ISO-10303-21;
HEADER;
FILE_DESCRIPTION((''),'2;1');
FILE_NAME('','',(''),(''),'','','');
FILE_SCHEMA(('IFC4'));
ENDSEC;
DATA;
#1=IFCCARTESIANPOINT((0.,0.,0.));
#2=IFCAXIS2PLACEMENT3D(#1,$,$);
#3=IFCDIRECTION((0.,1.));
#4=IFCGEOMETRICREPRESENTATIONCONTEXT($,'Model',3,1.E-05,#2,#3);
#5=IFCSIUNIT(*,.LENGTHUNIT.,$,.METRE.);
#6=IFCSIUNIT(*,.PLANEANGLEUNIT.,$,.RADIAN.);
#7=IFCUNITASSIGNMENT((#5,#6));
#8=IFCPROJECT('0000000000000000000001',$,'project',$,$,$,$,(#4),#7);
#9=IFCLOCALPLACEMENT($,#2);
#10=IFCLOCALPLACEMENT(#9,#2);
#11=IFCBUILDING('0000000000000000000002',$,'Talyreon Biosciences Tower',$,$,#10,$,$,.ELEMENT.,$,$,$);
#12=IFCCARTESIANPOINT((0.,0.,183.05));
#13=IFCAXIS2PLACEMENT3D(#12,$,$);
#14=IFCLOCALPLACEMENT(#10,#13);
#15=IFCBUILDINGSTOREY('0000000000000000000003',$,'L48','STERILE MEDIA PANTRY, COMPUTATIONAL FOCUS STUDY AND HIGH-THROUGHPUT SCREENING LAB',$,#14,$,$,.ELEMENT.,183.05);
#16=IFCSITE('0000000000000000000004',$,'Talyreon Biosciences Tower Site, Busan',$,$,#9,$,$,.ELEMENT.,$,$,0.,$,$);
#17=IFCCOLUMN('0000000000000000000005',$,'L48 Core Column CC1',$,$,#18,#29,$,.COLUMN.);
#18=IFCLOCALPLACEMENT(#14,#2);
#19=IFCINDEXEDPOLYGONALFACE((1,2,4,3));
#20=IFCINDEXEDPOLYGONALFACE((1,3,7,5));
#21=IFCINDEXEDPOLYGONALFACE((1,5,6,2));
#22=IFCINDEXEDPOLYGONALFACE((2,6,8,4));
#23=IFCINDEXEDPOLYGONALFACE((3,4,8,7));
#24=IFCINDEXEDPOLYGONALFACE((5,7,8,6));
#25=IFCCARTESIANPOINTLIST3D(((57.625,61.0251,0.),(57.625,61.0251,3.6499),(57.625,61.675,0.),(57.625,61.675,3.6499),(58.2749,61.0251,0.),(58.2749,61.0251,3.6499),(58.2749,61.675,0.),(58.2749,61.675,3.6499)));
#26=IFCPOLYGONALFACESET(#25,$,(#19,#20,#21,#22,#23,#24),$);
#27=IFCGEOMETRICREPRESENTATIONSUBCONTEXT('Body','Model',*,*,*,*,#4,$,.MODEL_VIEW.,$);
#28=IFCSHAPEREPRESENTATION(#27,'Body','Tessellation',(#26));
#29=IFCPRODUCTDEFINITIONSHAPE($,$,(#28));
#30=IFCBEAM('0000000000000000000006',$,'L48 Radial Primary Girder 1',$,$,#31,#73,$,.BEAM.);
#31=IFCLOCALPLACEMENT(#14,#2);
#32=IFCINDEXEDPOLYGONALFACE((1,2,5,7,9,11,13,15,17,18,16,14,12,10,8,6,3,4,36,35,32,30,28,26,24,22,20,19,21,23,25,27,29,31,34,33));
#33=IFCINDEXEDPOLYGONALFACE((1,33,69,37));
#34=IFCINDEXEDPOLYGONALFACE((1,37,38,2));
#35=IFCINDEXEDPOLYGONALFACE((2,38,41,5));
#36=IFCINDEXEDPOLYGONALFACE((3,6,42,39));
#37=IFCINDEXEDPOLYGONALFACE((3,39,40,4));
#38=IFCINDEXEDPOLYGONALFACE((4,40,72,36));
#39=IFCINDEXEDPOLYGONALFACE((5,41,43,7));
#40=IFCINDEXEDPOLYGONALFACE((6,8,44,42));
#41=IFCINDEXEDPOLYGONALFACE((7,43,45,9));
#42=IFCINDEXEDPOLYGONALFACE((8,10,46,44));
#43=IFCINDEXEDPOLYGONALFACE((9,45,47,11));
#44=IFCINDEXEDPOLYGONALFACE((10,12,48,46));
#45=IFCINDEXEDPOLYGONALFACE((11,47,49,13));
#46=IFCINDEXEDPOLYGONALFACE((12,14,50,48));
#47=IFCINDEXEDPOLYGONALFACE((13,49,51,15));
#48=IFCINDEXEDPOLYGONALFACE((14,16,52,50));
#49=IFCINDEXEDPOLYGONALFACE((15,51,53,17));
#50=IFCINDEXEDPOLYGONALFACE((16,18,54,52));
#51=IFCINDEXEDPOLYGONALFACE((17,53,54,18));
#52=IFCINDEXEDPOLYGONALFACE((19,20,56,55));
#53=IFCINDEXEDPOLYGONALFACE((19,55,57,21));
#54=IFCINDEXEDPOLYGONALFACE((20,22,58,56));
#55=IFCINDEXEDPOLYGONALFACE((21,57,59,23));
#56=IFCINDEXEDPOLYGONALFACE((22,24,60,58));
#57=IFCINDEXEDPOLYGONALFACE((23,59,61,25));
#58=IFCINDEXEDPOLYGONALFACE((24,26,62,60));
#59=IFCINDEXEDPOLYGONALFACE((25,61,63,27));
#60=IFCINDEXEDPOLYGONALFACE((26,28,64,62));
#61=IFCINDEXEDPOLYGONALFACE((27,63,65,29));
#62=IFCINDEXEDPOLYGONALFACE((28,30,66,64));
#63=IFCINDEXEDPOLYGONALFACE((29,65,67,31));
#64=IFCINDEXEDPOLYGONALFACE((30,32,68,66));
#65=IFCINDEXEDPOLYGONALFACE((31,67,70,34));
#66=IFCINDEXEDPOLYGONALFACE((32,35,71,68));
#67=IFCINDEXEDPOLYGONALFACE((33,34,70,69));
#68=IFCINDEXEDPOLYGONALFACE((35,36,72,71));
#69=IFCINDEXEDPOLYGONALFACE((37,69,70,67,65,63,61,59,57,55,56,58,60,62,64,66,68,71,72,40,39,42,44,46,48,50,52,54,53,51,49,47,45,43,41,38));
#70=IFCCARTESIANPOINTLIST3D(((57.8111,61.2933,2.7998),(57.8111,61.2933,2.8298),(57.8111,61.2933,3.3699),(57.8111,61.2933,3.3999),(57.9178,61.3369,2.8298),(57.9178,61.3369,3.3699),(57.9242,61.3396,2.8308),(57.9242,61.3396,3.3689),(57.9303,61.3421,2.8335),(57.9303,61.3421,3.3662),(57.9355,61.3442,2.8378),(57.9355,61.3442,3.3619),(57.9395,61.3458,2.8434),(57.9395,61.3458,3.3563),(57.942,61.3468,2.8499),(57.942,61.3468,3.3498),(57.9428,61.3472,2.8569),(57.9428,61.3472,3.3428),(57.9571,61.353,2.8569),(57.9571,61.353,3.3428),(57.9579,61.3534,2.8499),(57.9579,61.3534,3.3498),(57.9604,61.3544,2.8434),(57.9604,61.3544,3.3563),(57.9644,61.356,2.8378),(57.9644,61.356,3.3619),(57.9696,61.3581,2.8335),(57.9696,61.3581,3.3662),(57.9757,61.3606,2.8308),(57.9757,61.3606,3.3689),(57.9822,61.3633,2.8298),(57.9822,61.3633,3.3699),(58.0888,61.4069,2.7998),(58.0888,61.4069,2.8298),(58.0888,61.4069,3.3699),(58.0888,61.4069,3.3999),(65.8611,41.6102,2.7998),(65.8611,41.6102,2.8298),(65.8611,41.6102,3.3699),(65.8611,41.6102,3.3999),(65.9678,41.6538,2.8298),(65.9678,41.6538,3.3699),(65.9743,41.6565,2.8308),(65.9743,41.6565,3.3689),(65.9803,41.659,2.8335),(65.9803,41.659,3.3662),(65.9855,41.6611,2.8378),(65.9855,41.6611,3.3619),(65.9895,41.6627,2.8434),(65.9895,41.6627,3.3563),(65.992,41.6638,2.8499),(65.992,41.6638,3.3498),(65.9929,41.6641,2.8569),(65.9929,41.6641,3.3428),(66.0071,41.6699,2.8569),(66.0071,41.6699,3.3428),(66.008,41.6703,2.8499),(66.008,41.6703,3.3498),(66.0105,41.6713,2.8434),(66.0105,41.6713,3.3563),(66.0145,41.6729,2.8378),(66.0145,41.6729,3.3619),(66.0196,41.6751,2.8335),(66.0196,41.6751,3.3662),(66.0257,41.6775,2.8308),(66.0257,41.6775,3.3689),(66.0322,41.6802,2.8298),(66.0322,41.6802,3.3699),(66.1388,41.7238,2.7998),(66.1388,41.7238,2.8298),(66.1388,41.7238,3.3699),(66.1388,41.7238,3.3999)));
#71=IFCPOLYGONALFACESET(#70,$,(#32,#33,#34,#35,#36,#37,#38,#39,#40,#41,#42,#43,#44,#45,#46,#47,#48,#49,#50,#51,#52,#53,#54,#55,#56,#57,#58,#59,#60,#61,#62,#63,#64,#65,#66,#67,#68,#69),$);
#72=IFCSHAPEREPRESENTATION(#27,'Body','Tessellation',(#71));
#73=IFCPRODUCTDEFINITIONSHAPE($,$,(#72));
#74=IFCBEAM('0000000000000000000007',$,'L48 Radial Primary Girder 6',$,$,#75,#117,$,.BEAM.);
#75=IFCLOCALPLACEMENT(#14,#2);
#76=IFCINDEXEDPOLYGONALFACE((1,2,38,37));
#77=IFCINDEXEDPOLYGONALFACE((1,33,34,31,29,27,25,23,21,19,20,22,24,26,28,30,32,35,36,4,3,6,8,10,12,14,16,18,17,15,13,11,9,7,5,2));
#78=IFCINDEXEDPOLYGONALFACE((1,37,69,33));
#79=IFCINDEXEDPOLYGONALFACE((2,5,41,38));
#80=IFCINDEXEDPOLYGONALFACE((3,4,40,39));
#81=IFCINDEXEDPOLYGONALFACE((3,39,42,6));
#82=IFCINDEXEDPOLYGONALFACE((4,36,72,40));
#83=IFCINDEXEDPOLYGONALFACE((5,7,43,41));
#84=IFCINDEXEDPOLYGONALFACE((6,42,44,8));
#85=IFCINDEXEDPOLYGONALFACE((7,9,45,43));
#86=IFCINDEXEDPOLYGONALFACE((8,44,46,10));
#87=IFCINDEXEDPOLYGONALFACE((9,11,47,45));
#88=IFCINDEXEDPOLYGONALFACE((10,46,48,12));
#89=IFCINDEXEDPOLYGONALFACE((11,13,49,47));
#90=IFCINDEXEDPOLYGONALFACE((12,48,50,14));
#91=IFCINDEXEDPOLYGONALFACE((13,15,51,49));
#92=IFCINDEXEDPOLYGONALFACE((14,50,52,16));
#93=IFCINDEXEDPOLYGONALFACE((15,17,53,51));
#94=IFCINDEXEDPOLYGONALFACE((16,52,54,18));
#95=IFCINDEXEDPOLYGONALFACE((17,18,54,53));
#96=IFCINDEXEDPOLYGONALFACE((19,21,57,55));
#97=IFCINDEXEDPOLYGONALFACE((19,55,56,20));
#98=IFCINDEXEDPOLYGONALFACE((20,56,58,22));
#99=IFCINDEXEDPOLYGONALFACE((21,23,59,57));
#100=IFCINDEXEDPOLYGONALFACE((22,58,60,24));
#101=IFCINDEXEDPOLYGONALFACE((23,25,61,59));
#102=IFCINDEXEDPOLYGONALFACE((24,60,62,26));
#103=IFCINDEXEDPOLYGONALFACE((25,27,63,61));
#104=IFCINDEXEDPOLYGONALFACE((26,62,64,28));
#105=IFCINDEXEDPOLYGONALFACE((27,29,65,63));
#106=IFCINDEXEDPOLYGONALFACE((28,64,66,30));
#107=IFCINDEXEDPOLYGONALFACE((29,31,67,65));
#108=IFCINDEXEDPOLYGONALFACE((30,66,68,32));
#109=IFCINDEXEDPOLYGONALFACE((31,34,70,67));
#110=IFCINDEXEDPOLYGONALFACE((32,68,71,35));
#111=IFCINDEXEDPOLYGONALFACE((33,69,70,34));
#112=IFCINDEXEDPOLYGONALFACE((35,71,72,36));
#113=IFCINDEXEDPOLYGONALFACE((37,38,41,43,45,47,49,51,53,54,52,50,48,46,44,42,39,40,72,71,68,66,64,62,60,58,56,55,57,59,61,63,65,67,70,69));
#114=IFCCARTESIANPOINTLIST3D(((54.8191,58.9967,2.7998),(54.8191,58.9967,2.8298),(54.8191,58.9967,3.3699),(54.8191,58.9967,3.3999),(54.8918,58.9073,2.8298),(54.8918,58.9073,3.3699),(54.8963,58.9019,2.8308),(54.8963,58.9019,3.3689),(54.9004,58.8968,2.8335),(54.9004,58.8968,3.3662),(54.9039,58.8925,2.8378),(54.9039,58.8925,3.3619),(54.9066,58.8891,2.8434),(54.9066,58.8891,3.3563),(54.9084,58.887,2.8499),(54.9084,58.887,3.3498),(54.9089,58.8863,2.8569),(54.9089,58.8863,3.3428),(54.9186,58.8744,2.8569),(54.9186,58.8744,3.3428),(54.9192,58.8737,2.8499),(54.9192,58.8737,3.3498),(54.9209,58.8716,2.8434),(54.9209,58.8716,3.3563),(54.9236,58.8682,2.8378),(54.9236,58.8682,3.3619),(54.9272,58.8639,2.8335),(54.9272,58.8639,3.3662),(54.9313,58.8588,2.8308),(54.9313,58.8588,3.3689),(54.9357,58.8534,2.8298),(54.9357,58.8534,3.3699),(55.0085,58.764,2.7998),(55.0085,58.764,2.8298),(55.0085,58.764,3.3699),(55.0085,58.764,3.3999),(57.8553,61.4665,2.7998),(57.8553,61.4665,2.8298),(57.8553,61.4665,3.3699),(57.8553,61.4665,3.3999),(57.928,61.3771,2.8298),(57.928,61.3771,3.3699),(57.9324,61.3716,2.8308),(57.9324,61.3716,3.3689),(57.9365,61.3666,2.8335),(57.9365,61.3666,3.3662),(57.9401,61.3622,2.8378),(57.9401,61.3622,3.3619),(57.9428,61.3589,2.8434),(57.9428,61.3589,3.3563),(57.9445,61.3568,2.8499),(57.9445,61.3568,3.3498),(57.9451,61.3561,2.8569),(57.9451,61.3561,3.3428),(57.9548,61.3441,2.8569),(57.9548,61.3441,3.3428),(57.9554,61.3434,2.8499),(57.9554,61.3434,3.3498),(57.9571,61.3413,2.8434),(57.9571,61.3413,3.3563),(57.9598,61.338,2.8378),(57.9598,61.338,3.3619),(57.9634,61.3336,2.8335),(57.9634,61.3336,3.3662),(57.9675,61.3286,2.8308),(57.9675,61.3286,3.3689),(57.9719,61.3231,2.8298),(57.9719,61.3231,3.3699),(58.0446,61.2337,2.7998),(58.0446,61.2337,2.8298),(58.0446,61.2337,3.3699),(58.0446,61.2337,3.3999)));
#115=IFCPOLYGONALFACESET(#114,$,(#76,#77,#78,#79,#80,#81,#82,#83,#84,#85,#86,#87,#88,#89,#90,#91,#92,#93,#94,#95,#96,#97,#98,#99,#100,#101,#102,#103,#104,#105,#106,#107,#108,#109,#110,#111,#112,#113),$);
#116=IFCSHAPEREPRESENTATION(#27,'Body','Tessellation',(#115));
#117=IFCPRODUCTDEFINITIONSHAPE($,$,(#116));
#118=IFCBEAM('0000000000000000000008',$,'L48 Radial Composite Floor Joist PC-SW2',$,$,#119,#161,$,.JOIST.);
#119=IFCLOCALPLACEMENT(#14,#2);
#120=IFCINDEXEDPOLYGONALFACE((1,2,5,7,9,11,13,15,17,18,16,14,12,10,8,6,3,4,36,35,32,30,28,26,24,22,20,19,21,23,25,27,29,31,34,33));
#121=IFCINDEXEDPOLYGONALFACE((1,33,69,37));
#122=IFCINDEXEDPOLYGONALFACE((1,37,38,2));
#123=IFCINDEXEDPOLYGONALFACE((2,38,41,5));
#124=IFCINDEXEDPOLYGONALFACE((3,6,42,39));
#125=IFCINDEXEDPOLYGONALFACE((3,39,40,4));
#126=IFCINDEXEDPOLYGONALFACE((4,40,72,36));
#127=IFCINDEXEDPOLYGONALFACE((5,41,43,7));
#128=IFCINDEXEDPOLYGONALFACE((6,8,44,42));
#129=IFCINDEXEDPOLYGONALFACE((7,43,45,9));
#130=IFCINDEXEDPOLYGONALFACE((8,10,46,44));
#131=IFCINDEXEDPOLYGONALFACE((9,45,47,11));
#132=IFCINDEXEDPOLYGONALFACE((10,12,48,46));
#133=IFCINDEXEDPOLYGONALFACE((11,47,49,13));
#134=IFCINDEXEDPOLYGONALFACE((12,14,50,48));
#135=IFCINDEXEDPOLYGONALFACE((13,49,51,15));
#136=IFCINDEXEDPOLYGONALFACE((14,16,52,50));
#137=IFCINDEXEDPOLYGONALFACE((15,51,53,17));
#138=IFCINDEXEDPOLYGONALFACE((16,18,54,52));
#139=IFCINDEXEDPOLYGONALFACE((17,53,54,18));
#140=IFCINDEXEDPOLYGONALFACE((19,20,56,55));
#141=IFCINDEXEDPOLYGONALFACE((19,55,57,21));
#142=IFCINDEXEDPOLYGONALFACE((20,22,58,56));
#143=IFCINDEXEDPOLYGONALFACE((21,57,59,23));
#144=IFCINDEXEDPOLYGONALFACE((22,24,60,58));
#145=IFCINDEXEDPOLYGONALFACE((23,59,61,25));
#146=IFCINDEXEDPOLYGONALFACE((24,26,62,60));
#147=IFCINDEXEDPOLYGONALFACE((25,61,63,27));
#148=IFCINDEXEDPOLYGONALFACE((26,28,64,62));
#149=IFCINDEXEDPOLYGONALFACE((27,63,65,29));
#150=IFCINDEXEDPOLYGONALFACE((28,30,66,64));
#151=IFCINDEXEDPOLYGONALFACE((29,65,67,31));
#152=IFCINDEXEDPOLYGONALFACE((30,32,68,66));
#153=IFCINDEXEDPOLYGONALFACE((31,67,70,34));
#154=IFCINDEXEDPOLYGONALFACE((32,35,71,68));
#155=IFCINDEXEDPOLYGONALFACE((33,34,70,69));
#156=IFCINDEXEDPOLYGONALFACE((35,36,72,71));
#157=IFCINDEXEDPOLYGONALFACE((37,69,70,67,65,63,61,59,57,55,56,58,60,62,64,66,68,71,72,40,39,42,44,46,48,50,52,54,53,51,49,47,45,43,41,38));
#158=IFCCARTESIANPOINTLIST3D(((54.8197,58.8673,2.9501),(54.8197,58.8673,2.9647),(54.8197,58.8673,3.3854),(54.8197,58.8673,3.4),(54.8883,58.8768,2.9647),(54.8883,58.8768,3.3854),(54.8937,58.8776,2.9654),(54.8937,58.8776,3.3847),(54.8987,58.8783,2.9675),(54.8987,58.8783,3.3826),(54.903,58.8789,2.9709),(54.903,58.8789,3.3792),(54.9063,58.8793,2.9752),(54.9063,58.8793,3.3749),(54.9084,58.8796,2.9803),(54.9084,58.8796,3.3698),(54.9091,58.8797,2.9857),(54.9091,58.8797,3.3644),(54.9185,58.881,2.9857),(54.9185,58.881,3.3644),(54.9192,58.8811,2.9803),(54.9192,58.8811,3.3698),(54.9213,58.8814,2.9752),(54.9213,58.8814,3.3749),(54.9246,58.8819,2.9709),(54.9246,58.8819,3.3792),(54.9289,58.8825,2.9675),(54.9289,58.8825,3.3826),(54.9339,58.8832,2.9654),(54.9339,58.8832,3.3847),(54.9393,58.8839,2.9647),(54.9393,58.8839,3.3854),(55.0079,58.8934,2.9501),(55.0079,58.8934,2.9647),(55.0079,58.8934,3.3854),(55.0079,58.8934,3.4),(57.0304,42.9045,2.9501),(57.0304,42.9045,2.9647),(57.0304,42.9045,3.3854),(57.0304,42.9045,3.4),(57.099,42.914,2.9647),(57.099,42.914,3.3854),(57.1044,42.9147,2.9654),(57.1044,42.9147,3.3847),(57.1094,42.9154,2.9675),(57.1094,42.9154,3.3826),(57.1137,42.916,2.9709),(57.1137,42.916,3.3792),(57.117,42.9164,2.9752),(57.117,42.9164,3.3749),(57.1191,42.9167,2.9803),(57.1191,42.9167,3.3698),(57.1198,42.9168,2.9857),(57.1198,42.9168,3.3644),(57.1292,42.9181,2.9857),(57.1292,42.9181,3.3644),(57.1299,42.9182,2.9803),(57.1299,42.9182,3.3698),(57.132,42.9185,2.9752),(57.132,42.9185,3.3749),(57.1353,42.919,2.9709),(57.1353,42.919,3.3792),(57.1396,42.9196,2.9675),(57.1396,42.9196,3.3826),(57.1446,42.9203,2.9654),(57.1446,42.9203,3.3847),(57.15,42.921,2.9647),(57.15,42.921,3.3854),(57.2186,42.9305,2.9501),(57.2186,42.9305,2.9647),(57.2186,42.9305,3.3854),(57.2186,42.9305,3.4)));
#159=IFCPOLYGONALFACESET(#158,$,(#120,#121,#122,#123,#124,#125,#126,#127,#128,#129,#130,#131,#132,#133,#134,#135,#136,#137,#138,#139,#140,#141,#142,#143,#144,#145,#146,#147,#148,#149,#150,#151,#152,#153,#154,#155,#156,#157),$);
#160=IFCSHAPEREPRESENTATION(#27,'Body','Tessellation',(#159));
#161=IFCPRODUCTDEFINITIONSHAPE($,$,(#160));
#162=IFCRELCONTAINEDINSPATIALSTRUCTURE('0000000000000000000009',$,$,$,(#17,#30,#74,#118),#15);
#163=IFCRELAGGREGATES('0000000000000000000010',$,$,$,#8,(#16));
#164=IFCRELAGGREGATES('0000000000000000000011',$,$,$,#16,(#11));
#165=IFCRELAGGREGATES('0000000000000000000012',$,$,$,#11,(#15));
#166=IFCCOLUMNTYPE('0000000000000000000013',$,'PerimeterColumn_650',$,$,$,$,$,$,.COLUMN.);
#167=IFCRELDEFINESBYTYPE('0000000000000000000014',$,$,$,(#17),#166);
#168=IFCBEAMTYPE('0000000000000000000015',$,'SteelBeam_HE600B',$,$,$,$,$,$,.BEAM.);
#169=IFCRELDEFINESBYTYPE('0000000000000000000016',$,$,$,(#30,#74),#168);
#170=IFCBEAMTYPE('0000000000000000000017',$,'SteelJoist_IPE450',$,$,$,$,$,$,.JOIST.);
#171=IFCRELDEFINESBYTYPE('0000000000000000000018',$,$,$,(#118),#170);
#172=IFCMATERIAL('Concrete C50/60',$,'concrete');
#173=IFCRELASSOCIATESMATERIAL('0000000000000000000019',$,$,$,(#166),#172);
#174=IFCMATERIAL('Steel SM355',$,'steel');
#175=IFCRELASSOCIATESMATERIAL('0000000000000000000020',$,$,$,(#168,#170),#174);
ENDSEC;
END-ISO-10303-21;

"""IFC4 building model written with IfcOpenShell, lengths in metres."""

from ifc_helpers import new_model, si_unit, direction, frame, origin, origin_2d, place, context, subcontext, project, spatial, rectangle, i_section, extrude, material, material_profile, profile_set, type_object, element, save


model = new_model("IFC4")

# Units and contexts
model_context = context("Model", 3, precision=1e-05, world=origin(), true_north=direction((0.0, 1.0)))
body_context = subcontext(model_context, "Body", "Model", "MODEL_VIEW")
ifc_project = project(units=[si_unit("LENGTHUNIT", "METRE"), si_unit("PLANEANGLEUNIT", "RADIAN")], contexts=[model_context])

# Site, building, storey
site_placement = place(None, origin())
site = spatial("IfcSite", under=ifc_project, at=site_placement, Name="Talyreon Biosciences Tower Site, Busan", CompositionType="ELEMENT", RefElevation=0.0)
building_placement = place(site_placement, origin())
building = spatial("IfcBuilding", under=site, at=building_placement, Name="Talyreon Biosciences Tower", CompositionType="ELEMENT")
storey_placement = place(building_placement, frame((0.0, 0.0, 183.05)))
storey = spatial("IfcBuildingStorey", under=building, at=storey_placement, Name="L48", Description="STERILE MEDIA PANTRY, COMPUTATIONAL FOCUS STUDY AND HIGH-THROUGHPUT SCREENING LAB", CompositionType="ELEMENT", Elevation=183.05)

# Column
ifc_material_1 = material(Name="Concrete C50/60", Category="concrete")
ifc_material_profile_1 = material_profile(ifc_material_1, rectangle(XDim=0.6499, YDim=0.6499, at=origin_2d()), Name="RC 650x650")
ifc_profile_set_1 = profile_set([ifc_material_profile_1], Name="Concrete C50/60")
column_type = type_object("IfcColumnType", Name="PerimeterColumn_650", PredefinedType="COLUMN", material=ifc_profile_set_1)
column_placement = place(storey_placement, frame((57.95, 61.3501, 0.0), z_axis=(0.0, 0.0, 1.0), x_axis=(1.0, 0.0, 0.0)))
element("IfcColumn", 1, at=column_placement, inside=storey, type_object=column_type, Name="L48 Core Column CC1", PredefinedType="COLUMN", context=body_context, shape_type="SweptSolid", body=[
    extrude(rectangle(XDim=0.6499, YDim=0.6499, at=origin_2d()), origin(), (0.0, 0.0, 1.0), 3.6499),
])

# Beams
ifc_material_2 = material(Name="Steel SM355", Category="steel")
ifc_material_profile_2 = material_profile(ifc_material_2, i_section(OverallWidth=0.3, OverallDepth=0.6001, WebThickness=0.0154, FlangeThickness=0.03, FilletRadius=0.0271, at=origin_2d()), Name="HE600B")
ifc_profile_set_2 = profile_set([ifc_material_profile_2], Name="Steel SM355")
beam_type_1 = type_object("IfcBeamType", Name="SteelBeam_HE600B", PredefinedType="BEAM", material=ifc_profile_set_2)
beam_1_placement = place(storey_placement, frame((57.95, 61.3501, 3.0999), z_axis=(0.378547, -0.925582, 0.0), x_axis=(0.925582, 0.378547, 0.0)))
element("IfcBeam", 2, at=beam_1_placement, inside=storey, type_object=beam_type_1, Name="L48 Radial Primary Girder 1", PredefinedType="BEAM", context=body_context, shape_type="SweptSolid", body=[
    extrude(i_section(OverallWidth=0.3, OverallDepth=0.6001, WebThickness=0.0154, FlangeThickness=0.03, FilletRadius=0.0271, at=origin_2d()), origin(), (0.0, 0.0, 1.0), 21.2656),
])
beam_2_placement = place(storey_placement, frame((57.95, 61.3501, 3.0999), z_axis=(-0.775755, -0.631034, 0.0), x_axis=(0.631034, -0.775755, 0.0)))
element("IfcBeam", 3, at=beam_2_placement, inside=storey, type_object=beam_type_1, Name="L48 Radial Primary Girder 6", PredefinedType="BEAM", context=body_context, shape_type="SweptSolid", body=[
    extrude(i_section(OverallWidth=0.3, OverallDepth=0.6001, WebThickness=0.0154, FlangeThickness=0.03, FilletRadius=0.0271, at=origin_2d()), origin(), (0.0, 0.0, 1.0), 3.9138),
])
ifc_material_profile_3 = material_profile(ifc_material_2, i_section(OverallWidth=0.1899, OverallDepth=0.45, WebThickness=0.0095, FlangeThickness=0.0146, FilletRadius=0.021, at=origin_2d()), Name="IPE450")
ifc_profile_set_3 = profile_set([ifc_material_profile_3], Name="Steel SM355")
beam_type_2 = type_object("IfcBeamType", Name="SteelJoist_IPE450", PredefinedType="JOIST", material=ifc_profile_set_3)
beam_3_placement = place(storey_placement, frame((54.9138, 58.8804, 3.175), z_axis=(0.13718, -0.990546, 0.0), x_axis=(0.990546, 0.13718, 0.0)))
element("IfcBeam", 4, at=beam_3_placement, inside=storey, type_object=beam_type_2, Name="L48 Radial Composite Floor Joist PC-SW2", PredefinedType="JOIST", context=body_context, shape_type="SweptSolid", body=[
    extrude(i_section(OverallWidth=0.1899, OverallDepth=0.45, WebThickness=0.0095, FlangeThickness=0.0146, FilletRadius=0.021, at=origin_2d()), origin(), (0.0, 0.0, 1.0), 16.1152),
])

save(model, "model.ifc")
